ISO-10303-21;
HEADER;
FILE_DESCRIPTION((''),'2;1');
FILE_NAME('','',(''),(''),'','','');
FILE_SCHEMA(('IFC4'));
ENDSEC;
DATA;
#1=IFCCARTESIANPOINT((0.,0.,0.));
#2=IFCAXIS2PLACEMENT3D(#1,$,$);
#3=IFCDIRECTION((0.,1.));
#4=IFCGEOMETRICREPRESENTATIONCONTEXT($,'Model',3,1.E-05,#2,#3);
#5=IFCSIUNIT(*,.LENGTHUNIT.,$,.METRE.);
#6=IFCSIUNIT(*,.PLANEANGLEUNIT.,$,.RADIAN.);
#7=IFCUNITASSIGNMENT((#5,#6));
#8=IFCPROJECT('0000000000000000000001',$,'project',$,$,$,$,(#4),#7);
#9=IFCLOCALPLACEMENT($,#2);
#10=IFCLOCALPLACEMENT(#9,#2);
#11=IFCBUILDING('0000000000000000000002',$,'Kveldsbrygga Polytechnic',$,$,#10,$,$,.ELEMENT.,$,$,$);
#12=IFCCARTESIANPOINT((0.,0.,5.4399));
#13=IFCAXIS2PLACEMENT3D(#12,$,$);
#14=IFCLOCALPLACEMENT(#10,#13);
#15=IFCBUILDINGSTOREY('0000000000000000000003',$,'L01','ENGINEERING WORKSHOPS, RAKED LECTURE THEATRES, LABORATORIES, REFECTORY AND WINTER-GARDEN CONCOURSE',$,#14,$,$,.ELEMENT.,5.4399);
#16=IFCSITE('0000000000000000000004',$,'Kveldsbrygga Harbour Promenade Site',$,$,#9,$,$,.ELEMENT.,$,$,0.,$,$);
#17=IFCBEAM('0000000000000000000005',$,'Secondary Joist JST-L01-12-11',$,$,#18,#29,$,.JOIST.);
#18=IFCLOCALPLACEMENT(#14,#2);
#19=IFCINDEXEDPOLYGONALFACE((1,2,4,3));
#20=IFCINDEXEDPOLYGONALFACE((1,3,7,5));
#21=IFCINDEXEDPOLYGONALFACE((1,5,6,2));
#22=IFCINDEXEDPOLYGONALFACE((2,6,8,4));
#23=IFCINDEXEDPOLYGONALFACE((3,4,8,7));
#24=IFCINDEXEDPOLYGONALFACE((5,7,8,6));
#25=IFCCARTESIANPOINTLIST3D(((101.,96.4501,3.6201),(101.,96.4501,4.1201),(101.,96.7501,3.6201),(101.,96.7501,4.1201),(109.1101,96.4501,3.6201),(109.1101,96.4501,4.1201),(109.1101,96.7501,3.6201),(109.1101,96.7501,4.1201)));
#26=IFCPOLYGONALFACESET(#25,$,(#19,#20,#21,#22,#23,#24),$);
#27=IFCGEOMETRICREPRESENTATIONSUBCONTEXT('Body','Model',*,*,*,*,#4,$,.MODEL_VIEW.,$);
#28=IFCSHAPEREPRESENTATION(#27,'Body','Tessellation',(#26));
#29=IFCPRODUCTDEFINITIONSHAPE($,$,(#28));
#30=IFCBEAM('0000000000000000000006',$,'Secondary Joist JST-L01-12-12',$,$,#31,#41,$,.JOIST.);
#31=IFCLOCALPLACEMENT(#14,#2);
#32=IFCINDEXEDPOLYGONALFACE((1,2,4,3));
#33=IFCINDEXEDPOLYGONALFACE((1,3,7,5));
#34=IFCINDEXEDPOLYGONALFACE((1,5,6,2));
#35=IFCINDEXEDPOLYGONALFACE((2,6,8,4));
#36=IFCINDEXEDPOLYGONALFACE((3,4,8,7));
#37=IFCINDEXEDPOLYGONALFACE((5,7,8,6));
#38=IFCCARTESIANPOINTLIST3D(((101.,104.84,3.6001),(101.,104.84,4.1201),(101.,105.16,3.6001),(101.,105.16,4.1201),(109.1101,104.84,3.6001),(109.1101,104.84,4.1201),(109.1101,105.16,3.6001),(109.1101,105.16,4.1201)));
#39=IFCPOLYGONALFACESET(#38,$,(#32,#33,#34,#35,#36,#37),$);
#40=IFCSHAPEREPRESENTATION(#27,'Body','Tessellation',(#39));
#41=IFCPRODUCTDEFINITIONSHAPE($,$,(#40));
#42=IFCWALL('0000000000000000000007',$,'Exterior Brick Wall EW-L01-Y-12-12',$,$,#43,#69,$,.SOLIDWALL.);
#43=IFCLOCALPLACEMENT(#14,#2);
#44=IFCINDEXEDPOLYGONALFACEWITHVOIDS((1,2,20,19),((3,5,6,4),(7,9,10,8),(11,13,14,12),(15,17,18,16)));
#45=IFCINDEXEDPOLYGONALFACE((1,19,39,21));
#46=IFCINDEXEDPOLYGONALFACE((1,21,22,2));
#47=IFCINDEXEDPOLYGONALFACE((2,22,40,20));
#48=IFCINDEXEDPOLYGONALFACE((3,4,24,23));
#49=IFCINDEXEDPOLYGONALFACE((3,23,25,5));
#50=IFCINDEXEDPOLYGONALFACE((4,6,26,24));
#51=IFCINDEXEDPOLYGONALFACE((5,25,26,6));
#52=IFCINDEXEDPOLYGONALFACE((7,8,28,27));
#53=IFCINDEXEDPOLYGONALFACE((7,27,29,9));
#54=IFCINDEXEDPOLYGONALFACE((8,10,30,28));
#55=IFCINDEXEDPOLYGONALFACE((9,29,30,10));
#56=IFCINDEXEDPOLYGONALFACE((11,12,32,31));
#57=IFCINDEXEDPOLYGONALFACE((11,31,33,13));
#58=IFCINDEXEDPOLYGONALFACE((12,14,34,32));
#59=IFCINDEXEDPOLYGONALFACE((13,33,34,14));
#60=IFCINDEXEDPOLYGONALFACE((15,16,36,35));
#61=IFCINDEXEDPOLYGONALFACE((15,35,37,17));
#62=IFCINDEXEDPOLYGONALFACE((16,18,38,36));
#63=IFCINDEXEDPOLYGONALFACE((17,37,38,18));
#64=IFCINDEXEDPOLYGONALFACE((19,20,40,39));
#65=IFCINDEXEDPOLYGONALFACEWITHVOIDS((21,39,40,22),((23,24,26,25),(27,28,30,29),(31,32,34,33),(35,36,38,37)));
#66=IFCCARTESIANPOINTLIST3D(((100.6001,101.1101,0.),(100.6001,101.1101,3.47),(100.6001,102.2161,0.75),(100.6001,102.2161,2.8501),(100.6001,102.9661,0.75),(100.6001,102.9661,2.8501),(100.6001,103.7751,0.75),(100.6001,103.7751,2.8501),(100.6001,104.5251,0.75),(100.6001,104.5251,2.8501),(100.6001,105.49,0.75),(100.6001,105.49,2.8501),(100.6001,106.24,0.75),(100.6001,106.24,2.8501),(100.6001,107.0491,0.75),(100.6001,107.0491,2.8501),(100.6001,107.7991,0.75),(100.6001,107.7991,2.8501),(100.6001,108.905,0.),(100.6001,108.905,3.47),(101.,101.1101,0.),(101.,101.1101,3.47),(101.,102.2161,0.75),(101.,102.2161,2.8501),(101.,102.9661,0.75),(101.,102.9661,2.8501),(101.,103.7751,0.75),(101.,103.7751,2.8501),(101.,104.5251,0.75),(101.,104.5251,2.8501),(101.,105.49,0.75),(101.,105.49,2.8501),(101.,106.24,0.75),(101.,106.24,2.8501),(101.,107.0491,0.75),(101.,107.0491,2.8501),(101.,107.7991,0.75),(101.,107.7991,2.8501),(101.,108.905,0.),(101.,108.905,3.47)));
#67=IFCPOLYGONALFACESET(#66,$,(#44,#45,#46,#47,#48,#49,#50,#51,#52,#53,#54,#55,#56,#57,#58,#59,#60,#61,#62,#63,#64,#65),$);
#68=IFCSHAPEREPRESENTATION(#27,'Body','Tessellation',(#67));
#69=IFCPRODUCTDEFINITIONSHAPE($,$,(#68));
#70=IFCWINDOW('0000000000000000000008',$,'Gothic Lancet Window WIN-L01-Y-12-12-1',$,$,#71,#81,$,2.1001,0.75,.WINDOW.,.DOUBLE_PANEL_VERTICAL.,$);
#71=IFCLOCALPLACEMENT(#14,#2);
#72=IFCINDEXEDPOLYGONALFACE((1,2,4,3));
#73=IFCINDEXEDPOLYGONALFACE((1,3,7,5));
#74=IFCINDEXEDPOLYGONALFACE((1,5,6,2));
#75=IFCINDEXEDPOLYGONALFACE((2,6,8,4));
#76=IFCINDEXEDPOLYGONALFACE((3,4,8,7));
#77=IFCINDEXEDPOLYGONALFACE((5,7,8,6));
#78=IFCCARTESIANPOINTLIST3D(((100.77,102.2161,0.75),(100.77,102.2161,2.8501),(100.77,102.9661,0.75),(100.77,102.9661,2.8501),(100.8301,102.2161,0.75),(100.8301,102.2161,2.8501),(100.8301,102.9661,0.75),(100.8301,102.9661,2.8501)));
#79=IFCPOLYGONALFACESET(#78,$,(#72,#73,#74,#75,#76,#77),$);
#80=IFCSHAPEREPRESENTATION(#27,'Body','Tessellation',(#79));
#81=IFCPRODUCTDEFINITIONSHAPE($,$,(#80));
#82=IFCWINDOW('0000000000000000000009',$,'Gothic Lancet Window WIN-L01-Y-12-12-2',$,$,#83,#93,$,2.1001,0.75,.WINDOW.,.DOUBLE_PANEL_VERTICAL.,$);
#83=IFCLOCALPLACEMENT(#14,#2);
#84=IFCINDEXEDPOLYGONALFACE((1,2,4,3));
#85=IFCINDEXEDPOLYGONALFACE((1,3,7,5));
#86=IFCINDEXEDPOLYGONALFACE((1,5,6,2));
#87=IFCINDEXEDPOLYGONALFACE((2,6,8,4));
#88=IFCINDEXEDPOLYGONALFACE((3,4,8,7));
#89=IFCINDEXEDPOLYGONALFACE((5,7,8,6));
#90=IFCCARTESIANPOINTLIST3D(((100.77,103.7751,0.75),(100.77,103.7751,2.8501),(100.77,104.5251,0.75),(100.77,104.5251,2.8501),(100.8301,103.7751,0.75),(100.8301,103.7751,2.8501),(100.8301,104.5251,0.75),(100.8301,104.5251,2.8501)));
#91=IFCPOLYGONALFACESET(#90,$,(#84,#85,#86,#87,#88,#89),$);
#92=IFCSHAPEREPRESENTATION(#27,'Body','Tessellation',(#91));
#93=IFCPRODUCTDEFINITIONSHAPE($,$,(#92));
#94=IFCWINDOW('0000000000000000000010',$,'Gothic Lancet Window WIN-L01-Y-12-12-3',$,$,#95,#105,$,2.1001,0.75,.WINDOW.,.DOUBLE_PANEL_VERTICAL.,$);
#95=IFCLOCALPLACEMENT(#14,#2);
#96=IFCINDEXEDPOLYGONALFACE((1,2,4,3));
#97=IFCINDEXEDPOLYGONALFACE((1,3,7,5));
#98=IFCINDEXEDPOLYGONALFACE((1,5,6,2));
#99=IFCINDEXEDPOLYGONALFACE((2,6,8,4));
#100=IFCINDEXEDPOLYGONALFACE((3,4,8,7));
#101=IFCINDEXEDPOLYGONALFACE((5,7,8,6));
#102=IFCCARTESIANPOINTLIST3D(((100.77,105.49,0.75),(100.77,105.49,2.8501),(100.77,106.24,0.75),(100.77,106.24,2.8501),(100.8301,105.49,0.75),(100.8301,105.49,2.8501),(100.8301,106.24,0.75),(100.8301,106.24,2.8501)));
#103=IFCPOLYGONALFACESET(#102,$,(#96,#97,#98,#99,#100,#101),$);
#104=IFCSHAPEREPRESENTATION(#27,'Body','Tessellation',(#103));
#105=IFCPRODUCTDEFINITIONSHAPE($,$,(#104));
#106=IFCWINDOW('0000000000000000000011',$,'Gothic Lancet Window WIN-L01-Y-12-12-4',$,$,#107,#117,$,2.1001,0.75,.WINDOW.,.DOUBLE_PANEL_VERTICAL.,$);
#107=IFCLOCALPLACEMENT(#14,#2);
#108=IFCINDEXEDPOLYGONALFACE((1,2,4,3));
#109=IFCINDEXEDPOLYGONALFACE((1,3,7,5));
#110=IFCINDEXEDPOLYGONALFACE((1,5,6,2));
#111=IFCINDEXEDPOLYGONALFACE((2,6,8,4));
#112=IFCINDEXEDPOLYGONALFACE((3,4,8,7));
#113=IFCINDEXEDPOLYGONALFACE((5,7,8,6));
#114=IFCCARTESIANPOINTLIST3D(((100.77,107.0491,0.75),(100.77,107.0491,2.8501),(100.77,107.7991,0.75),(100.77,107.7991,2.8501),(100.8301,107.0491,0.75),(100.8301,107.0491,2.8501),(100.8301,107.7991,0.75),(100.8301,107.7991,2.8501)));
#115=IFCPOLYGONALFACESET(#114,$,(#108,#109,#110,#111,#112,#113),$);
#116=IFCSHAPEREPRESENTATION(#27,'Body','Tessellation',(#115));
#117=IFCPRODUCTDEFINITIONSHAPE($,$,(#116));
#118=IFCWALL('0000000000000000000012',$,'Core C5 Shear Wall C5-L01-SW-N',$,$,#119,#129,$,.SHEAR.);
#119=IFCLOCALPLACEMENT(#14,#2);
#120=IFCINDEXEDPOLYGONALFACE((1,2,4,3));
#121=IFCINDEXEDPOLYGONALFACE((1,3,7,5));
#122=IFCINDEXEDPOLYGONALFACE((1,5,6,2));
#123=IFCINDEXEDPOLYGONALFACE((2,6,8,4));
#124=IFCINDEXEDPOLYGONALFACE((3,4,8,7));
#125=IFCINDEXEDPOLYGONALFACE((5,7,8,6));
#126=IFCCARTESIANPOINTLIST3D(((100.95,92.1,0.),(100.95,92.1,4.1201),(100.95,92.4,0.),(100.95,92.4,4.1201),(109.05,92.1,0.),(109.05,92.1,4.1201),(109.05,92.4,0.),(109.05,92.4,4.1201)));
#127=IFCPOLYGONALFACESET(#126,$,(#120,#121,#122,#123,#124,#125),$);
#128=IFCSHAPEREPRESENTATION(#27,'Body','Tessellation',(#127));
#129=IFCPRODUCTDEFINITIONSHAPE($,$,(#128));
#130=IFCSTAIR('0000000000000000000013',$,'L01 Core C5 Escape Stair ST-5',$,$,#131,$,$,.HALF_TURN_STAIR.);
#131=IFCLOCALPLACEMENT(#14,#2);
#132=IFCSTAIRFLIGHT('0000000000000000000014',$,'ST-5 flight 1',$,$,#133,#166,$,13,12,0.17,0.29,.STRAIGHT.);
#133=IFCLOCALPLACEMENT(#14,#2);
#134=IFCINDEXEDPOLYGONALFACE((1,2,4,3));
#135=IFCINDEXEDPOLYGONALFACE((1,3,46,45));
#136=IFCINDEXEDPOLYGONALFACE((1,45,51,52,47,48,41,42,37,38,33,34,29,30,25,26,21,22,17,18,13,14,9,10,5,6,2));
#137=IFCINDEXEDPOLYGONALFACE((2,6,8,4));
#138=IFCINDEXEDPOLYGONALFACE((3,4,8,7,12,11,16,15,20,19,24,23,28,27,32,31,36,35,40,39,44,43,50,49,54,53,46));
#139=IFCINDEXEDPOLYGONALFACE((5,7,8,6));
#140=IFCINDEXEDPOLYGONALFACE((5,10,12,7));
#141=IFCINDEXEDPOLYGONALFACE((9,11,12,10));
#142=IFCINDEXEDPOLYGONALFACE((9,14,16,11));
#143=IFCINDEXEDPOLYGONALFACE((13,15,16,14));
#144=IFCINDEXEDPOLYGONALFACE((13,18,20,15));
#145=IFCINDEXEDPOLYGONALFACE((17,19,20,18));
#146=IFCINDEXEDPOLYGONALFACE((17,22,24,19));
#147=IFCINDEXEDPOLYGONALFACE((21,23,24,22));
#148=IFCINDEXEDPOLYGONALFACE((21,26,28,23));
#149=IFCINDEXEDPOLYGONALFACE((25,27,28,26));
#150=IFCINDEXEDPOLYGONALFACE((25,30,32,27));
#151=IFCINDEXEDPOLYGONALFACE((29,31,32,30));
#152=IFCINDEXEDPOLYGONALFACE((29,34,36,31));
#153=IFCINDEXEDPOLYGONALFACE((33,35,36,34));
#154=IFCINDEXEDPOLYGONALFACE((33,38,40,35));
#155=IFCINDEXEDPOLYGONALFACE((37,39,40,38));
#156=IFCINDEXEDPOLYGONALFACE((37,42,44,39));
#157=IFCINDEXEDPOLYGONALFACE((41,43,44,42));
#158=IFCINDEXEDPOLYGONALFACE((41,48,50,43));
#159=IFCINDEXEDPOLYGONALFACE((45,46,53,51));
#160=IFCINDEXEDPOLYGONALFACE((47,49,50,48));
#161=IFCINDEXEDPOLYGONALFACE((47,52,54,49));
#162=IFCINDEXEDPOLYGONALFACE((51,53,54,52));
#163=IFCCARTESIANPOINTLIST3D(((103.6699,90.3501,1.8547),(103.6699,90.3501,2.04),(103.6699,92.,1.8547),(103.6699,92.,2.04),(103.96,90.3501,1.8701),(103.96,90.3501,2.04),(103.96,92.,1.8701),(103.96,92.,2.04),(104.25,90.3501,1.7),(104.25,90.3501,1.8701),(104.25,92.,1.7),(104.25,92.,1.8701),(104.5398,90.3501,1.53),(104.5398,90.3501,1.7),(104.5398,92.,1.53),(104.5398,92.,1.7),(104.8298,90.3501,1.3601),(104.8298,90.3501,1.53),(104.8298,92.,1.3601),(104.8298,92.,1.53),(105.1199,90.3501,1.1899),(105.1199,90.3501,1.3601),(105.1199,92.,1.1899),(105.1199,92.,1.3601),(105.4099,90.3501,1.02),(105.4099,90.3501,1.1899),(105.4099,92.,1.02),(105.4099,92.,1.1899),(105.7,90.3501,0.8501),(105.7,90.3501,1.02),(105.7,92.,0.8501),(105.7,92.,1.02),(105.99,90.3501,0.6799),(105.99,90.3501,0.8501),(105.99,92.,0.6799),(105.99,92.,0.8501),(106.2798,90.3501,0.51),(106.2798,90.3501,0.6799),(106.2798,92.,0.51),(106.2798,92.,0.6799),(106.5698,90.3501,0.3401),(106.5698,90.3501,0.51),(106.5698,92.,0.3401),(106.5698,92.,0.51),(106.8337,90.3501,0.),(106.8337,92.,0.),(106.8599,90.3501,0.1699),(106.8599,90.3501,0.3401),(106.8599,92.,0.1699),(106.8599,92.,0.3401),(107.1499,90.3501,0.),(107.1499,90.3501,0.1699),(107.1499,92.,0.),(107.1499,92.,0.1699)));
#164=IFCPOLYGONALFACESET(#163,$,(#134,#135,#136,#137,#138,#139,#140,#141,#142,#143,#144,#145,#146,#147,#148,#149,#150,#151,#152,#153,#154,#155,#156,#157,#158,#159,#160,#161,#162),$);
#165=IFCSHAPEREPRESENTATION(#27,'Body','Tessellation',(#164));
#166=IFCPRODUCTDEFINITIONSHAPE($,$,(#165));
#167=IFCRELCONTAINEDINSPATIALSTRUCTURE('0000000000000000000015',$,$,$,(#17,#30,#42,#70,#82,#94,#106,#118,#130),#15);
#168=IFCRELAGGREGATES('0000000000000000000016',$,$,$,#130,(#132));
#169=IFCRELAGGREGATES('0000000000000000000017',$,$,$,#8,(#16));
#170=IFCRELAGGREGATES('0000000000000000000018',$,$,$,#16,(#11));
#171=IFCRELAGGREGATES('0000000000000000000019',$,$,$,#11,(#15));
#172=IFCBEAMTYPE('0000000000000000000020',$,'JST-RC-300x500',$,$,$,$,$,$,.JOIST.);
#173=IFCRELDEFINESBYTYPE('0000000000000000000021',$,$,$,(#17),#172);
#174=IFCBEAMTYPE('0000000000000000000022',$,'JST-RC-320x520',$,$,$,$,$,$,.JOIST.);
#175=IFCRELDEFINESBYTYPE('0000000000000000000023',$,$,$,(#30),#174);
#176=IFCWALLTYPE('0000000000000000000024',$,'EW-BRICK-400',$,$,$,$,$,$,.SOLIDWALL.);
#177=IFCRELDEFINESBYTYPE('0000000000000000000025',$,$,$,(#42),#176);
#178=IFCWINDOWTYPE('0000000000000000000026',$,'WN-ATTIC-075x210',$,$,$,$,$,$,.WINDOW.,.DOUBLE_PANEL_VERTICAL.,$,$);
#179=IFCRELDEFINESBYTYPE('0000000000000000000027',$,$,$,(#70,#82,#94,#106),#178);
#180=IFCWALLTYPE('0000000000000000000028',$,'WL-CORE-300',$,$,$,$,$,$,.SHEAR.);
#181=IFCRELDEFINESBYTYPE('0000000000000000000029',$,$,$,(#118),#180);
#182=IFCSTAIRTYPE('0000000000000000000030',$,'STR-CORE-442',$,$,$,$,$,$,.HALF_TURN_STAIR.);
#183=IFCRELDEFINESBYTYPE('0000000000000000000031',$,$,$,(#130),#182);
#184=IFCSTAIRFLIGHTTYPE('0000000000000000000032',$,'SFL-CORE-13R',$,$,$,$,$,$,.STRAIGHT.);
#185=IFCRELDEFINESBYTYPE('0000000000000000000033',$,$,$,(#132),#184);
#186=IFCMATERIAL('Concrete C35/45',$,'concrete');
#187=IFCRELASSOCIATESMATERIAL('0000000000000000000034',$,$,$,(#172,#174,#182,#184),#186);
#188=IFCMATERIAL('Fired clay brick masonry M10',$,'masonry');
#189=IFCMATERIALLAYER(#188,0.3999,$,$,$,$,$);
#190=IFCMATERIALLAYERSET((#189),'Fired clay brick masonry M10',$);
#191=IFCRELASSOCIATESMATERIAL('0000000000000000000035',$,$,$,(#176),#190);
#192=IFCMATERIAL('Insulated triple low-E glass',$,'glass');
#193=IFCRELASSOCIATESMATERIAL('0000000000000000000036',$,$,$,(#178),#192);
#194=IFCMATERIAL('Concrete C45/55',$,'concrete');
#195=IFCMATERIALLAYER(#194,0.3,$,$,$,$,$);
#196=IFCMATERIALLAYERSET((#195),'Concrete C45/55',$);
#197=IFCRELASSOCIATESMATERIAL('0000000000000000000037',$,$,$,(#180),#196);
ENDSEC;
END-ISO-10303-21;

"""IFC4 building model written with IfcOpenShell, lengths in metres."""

from ifc_helpers import new_model, si_unit, direction, frame, frame_2d, origin, origin_2d, place, context, subcontext, project, spatial, polyline, rectangle, outline, extrude, material, layer, layer_set, material_profile, profile_set, type_object, element, fill, aggregate, save


model = new_model("IFC4")

# Units and contexts
model_context = context("Model", 3, precision=1e-05, world=origin(), true_north=direction((0.0, 1.0)))
body_context = subcontext(model_context, "Body", "Model", "MODEL_VIEW")
ifc_project = project(units=[si_unit("LENGTHUNIT", "METRE"), si_unit("PLANEANGLEUNIT", "RADIAN")], contexts=[model_context])

# Site, building, storey
site_placement = place(None, origin())
site = spatial("IfcSite", under=ifc_project, at=site_placement, Name="Kveldsbrygga Harbour Promenade Site", CompositionType="ELEMENT", RefElevation=0.0)
building_placement = place(site_placement, origin())
building = spatial("IfcBuilding", under=site, at=building_placement, Name="Kveldsbrygga Polytechnic", CompositionType="ELEMENT")
storey_placement = place(building_placement, frame((0.0, 0.0, 5.4399)))
storey = spatial("IfcBuildingStorey", under=building, at=storey_placement, Name="L01", Description="ENGINEERING WORKSHOPS, RAKED LECTURE THEATRES, LABORATORIES, REFECTORY AND WINTER-GARDEN CONCOURSE", CompositionType="ELEMENT", Elevation=5.4399)

# Shared definitions
ifc_material_1 = material(Name="Concrete C45/55", Category="concrete")

# Beams
ifc_material_2 = material(Name="Concrete C35/45", Category="concrete")
ifc_material_profile_1 = material_profile(ifc_material_2, rectangle(XDim=0.3, YDim=0.5, at=origin_2d()), Name="RC 300x500")
ifc_profile_set_1 = profile_set([ifc_material_profile_1], Name="Concrete C35/45")
beam_type_1 = type_object("IfcBeamType", Name="JST-RC-300x500", PredefinedType="JOIST", material=ifc_profile_set_1)
beam_1_placement = place(storey_placement, frame((101.0, 96.6001, 3.8701), z_axis=(1.0, 0.0, 0.0), x_axis=(0.0, 1.0, 0.0)))
element("IfcBeam", 1, at=beam_1_placement, inside=storey, type_object=beam_type_1, Name="Secondary Joist JST-L01-12-11", PredefinedType="JOIST", context=body_context, shape_type="SweptSolid", body=[
    extrude(rectangle(XDim=0.3, YDim=0.5, at=origin_2d()), origin(), (0.0, 0.0, 1.0), 8.1101),
])
ifc_material_profile_2 = material_profile(ifc_material_2, rectangle(XDim=0.3201, YDim=0.52, at=origin_2d()), Name="RC 320x520")
ifc_profile_set_2 = profile_set([ifc_material_profile_2], Name="Concrete C35/45")
beam_type_2 = type_object("IfcBeamType", Name="JST-RC-320x520", PredefinedType="JOIST", material=ifc_profile_set_2)
beam_2_placement = place(storey_placement, frame((101.0, 105.0, 3.8601), z_axis=(1.0, 0.0, 0.0), x_axis=(0.0, 1.0, 0.0)))
element("IfcBeam", 2, at=beam_2_placement, inside=storey, type_object=beam_type_2, Name="Secondary Joist JST-L01-12-12", PredefinedType="JOIST", context=body_context, shape_type="SweptSolid", body=[
    extrude(rectangle(XDim=0.3201, YDim=0.52, at=origin_2d()), origin(), (0.0, 0.0, 1.0), 8.1101),
])

# Wall, openings, windows
ifc_material_3 = material(Name="Fired clay brick masonry M10", Category="masonry")
ifc_layer_1 = layer(ifc_material_3, 0.3999)
ifc_layer_set_1 = layer_set([ifc_layer_1], Name="Fired clay brick masonry M10")
wall_type_1 = type_object("IfcWallType", Name="EW-BRICK-400", PredefinedType="SOLIDWALL", material=ifc_layer_set_1)
wall_1_placement = place(storey_placement, frame((100.8, 101.1101, 0.0), z_axis=(0.0, 0.0, 1.0), x_axis=(0.0, 1.0, 0.0)))
wall_1 = element("IfcWall", 3, at=wall_1_placement, inside=storey, type_object=wall_type_1, Name="Exterior Brick Wall EW-L01-Y-12-12", PredefinedType="SOLIDWALL", context=body_context, shape_type="SweptSolid", body=[
    extrude(rectangle(XDim=7.7949, YDim=0.3999, at=frame_2d((3.8975, 0.0))), origin(), (0.0, 0.0, 1.0), 3.47),
])
opening_1_placement = place(wall_1_placement, frame((1.106, 0.0, 0.75)))
opening_1 = element("IfcOpeningElement", 4, at=opening_1_placement, cuts=wall_1, PredefinedType="OPENING", context=body_context, shape_type="SweptSolid", body=[
    extrude(rectangle(XDim=0.75, YDim=2.1001, at=frame_2d((0.375, 1.05))), frame((0.0, 0.21, 0.0), z_axis=(0.0, -1.0, 0.0), x_axis=(1.0, 0.0, 0.0)), (0.0, 0.0, 1.0), 0.4199),
])
opening_2_placement = place(wall_1_placement, frame((2.665, 0.0, 0.75)))
opening_2 = element("IfcOpeningElement", 5, at=opening_2_placement, cuts=wall_1, PredefinedType="OPENING", context=body_context, shape_type="SweptSolid", body=[
    extrude(rectangle(XDim=0.75, YDim=2.1001, at=frame_2d((0.375, 1.05))), frame((0.0, 0.21, 0.0), z_axis=(0.0, -1.0, 0.0), x_axis=(1.0, 0.0, 0.0)), (0.0, 0.0, 1.0), 0.4199),
])
opening_3_placement = place(wall_1_placement, frame((4.3799, 0.0, 0.75)))
opening_3 = element("IfcOpeningElement", 6, at=opening_3_placement, cuts=wall_1, PredefinedType="OPENING", context=body_context, shape_type="SweptSolid", body=[
    extrude(rectangle(XDim=0.75, YDim=2.1001, at=frame_2d((0.375, 1.05))), frame((0.0, 0.21, 0.0), z_axis=(0.0, -1.0, 0.0), x_axis=(1.0, 0.0, 0.0)), (0.0, 0.0, 1.0), 0.4199),
])
opening_4_placement = place(wall_1_placement, frame((5.939, 0.0, 0.75)))
opening_4 = element("IfcOpeningElement", 7, at=opening_4_placement, cuts=wall_1, PredefinedType="OPENING", context=body_context, shape_type="SweptSolid", body=[
    extrude(rectangle(XDim=0.75, YDim=2.1001, at=frame_2d((0.375, 1.05))), frame((0.0, 0.21, 0.0), z_axis=(0.0, -1.0, 0.0), x_axis=(1.0, 0.0, 0.0)), (0.0, 0.0, 1.0), 0.4199),
])
ifc_material_4 = material(Name="Insulated triple low-E glass", Category="glass")
window_type = type_object("IfcWindowType", Name="WN-ATTIC-075x210", PartitioningType="DOUBLE_PANEL_VERTICAL", PredefinedType="WINDOW", material=ifc_material_4)
window_1_placement = place(opening_1_placement, origin())
window_1 = element("IfcWindow", 8, at=window_1_placement, inside=storey, type_object=window_type, Name="Gothic Lancet Window WIN-L01-Y-12-12-1", OverallHeight=2.1001, OverallWidth=0.75, PartitioningType="DOUBLE_PANEL_VERTICAL", PredefinedType="WINDOW", context=body_context, shape_type="SweptSolid", body=[
    extrude(rectangle(XDim=0.75, YDim=2.1001, at=frame_2d((0.375, 1.05))), frame((0.0, 0.03, 0.0), z_axis=(0.0, -1.0, 0.0), x_axis=(1.0, 0.0, 0.0)), (0.0, 0.0, 1.0), 0.0601),
])
fill(opening_1, window_1)
window_2_placement = place(opening_2_placement, origin())
window_2 = element("IfcWindow", 9, at=window_2_placement, inside=storey, type_object=window_type, Name="Gothic Lancet Window WIN-L01-Y-12-12-2", OverallHeight=2.1001, OverallWidth=0.75, PartitioningType="DOUBLE_PANEL_VERTICAL", PredefinedType="WINDOW", context=body_context, shape_type="SweptSolid", body=[
    extrude(rectangle(XDim=0.75, YDim=2.1001, at=frame_2d((0.375, 1.05))), frame((0.0, 0.03, 0.0), z_axis=(0.0, -1.0, 0.0), x_axis=(1.0, 0.0, 0.0)), (0.0, 0.0, 1.0), 0.0601),
])
fill(opening_2, window_2)
window_3_placement = place(opening_3_placement, origin())
window_3 = element("IfcWindow", 10, at=window_3_placement, inside=storey, type_object=window_type, Name="Gothic Lancet Window WIN-L01-Y-12-12-3", OverallHeight=2.1001, OverallWidth=0.75, PartitioningType="DOUBLE_PANEL_VERTICAL", PredefinedType="WINDOW", context=body_context, shape_type="SweptSolid", body=[
    extrude(rectangle(XDim=0.75, YDim=2.1001, at=frame_2d((0.375, 1.05))), frame((0.0, 0.03, 0.0), z_axis=(0.0, -1.0, 0.0), x_axis=(1.0, 0.0, 0.0)), (0.0, 0.0, 1.0), 0.0601),
])
fill(opening_3, window_3)
window_4_placement = place(opening_4_placement, origin())
window_4 = element("IfcWindow", 11, at=window_4_placement, inside=storey, type_object=window_type, Name="Gothic Lancet Window WIN-L01-Y-12-12-4", OverallHeight=2.1001, OverallWidth=0.75, PartitioningType="DOUBLE_PANEL_VERTICAL", PredefinedType="WINDOW", context=body_context, shape_type="SweptSolid", body=[
    extrude(rectangle(XDim=0.75, YDim=2.1001, at=frame_2d((0.375, 1.05))), frame((0.0, 0.03, 0.0), z_axis=(0.0, -1.0, 0.0), x_axis=(1.0, 0.0, 0.0)), (0.0, 0.0, 1.0), 0.0601),
])
fill(opening_4, window_4)

# Wall
ifc_layer_2 = layer(ifc_material_1, 0.3)
ifc_layer_set_2 = layer_set([ifc_layer_2], Name="Concrete C45/55")
wall_type_2 = type_object("IfcWallType", Name="WL-CORE-300", PredefinedType="SHEAR", material=ifc_layer_set_2)
wall_2_placement = place(storey_placement, frame((100.95, 92.25, 0.0), z_axis=(0.0, 0.0, 1.0), x_axis=(1.0, 0.0, 0.0)))
element("IfcWall", 12, at=wall_2_placement, inside=storey, type_object=wall_type_2, Name="Core C5 Shear Wall C5-L01-SW-N", PredefinedType="SHEAR", context=body_context, shape_type="SweptSolid", body=[
    extrude(rectangle(XDim=8.1001, YDim=0.3, at=frame_2d((4.05, 0.0))), origin(), (0.0, 0.0, 1.0), 4.1201),
])

# Stair, stair flight
stair_type = type_object("IfcStairType", Name="STR-CORE-442", PredefinedType="HALF_TURN_STAIR", material=ifc_material_2)
stair_placement = place(storey_placement, origin())
stair = element("IfcStair", 13, at=stair_placement, inside=storey, type_object=stair_type, Name="L01 Core C5 Escape Stair ST-5", PredefinedType="HALF_TURN_STAIR")
stair_flight_type = type_object("IfcStairFlightType", Name="SFL-CORE-13R", PredefinedType="STRAIGHT", material=ifc_material_2)
stair_flight_placement = place(storey_placement, frame((107.1499, 91.175, 0.0), z_axis=(0.0, 0.0, 1.0), x_axis=(-1.0, 0.0, 0.0)))
stair_flight = element("IfcStairFlight", 14, at=stair_flight_placement, type_object=stair_flight_type, Name="ST-5 flight 1", NumberOfRisers=13, NumberOfTreads=12, PredefinedType="STRAIGHT", RiserHeight=0.17, TreadLength=0.29, context=body_context, shape_type="SweptSolid", body=[
    extrude(outline(polyline([(0.0, 0.0), (0.0, 0.1699), (0.29, 0.1699), (0.29, 0.3401), (0.5801, 0.3401), (0.5801, 0.51), (0.8701, 0.51), (0.8701, 0.6799), (1.1599, 0.6799), (1.1599, 0.8501), (1.45, 0.8501), (1.45, 1.02), (1.74, 1.02), (1.74, 1.1899), (2.03, 1.1899), (2.03, 1.3601), (2.3201, 1.3601), (2.3201, 1.53), (2.6101, 1.53), (2.6101, 1.7), (2.8999, 1.7), (2.8999, 1.8701), (3.1899, 1.8701), (3.1899, 2.04), (3.48, 2.04), (3.48, 2.21), (3.48, 1.8547), (0.3162, 0.0), (0.0, 0.0)])), frame((0.0, 0.825, 0.0), z_axis=(0.0, -1.0, 0.0), x_axis=(1.0, 0.0, 0.0)), (0.0, 0.0, 1.0), 1.6499),
])
aggregate(stair, [stair_flight])

save(model, "model.ifc")
